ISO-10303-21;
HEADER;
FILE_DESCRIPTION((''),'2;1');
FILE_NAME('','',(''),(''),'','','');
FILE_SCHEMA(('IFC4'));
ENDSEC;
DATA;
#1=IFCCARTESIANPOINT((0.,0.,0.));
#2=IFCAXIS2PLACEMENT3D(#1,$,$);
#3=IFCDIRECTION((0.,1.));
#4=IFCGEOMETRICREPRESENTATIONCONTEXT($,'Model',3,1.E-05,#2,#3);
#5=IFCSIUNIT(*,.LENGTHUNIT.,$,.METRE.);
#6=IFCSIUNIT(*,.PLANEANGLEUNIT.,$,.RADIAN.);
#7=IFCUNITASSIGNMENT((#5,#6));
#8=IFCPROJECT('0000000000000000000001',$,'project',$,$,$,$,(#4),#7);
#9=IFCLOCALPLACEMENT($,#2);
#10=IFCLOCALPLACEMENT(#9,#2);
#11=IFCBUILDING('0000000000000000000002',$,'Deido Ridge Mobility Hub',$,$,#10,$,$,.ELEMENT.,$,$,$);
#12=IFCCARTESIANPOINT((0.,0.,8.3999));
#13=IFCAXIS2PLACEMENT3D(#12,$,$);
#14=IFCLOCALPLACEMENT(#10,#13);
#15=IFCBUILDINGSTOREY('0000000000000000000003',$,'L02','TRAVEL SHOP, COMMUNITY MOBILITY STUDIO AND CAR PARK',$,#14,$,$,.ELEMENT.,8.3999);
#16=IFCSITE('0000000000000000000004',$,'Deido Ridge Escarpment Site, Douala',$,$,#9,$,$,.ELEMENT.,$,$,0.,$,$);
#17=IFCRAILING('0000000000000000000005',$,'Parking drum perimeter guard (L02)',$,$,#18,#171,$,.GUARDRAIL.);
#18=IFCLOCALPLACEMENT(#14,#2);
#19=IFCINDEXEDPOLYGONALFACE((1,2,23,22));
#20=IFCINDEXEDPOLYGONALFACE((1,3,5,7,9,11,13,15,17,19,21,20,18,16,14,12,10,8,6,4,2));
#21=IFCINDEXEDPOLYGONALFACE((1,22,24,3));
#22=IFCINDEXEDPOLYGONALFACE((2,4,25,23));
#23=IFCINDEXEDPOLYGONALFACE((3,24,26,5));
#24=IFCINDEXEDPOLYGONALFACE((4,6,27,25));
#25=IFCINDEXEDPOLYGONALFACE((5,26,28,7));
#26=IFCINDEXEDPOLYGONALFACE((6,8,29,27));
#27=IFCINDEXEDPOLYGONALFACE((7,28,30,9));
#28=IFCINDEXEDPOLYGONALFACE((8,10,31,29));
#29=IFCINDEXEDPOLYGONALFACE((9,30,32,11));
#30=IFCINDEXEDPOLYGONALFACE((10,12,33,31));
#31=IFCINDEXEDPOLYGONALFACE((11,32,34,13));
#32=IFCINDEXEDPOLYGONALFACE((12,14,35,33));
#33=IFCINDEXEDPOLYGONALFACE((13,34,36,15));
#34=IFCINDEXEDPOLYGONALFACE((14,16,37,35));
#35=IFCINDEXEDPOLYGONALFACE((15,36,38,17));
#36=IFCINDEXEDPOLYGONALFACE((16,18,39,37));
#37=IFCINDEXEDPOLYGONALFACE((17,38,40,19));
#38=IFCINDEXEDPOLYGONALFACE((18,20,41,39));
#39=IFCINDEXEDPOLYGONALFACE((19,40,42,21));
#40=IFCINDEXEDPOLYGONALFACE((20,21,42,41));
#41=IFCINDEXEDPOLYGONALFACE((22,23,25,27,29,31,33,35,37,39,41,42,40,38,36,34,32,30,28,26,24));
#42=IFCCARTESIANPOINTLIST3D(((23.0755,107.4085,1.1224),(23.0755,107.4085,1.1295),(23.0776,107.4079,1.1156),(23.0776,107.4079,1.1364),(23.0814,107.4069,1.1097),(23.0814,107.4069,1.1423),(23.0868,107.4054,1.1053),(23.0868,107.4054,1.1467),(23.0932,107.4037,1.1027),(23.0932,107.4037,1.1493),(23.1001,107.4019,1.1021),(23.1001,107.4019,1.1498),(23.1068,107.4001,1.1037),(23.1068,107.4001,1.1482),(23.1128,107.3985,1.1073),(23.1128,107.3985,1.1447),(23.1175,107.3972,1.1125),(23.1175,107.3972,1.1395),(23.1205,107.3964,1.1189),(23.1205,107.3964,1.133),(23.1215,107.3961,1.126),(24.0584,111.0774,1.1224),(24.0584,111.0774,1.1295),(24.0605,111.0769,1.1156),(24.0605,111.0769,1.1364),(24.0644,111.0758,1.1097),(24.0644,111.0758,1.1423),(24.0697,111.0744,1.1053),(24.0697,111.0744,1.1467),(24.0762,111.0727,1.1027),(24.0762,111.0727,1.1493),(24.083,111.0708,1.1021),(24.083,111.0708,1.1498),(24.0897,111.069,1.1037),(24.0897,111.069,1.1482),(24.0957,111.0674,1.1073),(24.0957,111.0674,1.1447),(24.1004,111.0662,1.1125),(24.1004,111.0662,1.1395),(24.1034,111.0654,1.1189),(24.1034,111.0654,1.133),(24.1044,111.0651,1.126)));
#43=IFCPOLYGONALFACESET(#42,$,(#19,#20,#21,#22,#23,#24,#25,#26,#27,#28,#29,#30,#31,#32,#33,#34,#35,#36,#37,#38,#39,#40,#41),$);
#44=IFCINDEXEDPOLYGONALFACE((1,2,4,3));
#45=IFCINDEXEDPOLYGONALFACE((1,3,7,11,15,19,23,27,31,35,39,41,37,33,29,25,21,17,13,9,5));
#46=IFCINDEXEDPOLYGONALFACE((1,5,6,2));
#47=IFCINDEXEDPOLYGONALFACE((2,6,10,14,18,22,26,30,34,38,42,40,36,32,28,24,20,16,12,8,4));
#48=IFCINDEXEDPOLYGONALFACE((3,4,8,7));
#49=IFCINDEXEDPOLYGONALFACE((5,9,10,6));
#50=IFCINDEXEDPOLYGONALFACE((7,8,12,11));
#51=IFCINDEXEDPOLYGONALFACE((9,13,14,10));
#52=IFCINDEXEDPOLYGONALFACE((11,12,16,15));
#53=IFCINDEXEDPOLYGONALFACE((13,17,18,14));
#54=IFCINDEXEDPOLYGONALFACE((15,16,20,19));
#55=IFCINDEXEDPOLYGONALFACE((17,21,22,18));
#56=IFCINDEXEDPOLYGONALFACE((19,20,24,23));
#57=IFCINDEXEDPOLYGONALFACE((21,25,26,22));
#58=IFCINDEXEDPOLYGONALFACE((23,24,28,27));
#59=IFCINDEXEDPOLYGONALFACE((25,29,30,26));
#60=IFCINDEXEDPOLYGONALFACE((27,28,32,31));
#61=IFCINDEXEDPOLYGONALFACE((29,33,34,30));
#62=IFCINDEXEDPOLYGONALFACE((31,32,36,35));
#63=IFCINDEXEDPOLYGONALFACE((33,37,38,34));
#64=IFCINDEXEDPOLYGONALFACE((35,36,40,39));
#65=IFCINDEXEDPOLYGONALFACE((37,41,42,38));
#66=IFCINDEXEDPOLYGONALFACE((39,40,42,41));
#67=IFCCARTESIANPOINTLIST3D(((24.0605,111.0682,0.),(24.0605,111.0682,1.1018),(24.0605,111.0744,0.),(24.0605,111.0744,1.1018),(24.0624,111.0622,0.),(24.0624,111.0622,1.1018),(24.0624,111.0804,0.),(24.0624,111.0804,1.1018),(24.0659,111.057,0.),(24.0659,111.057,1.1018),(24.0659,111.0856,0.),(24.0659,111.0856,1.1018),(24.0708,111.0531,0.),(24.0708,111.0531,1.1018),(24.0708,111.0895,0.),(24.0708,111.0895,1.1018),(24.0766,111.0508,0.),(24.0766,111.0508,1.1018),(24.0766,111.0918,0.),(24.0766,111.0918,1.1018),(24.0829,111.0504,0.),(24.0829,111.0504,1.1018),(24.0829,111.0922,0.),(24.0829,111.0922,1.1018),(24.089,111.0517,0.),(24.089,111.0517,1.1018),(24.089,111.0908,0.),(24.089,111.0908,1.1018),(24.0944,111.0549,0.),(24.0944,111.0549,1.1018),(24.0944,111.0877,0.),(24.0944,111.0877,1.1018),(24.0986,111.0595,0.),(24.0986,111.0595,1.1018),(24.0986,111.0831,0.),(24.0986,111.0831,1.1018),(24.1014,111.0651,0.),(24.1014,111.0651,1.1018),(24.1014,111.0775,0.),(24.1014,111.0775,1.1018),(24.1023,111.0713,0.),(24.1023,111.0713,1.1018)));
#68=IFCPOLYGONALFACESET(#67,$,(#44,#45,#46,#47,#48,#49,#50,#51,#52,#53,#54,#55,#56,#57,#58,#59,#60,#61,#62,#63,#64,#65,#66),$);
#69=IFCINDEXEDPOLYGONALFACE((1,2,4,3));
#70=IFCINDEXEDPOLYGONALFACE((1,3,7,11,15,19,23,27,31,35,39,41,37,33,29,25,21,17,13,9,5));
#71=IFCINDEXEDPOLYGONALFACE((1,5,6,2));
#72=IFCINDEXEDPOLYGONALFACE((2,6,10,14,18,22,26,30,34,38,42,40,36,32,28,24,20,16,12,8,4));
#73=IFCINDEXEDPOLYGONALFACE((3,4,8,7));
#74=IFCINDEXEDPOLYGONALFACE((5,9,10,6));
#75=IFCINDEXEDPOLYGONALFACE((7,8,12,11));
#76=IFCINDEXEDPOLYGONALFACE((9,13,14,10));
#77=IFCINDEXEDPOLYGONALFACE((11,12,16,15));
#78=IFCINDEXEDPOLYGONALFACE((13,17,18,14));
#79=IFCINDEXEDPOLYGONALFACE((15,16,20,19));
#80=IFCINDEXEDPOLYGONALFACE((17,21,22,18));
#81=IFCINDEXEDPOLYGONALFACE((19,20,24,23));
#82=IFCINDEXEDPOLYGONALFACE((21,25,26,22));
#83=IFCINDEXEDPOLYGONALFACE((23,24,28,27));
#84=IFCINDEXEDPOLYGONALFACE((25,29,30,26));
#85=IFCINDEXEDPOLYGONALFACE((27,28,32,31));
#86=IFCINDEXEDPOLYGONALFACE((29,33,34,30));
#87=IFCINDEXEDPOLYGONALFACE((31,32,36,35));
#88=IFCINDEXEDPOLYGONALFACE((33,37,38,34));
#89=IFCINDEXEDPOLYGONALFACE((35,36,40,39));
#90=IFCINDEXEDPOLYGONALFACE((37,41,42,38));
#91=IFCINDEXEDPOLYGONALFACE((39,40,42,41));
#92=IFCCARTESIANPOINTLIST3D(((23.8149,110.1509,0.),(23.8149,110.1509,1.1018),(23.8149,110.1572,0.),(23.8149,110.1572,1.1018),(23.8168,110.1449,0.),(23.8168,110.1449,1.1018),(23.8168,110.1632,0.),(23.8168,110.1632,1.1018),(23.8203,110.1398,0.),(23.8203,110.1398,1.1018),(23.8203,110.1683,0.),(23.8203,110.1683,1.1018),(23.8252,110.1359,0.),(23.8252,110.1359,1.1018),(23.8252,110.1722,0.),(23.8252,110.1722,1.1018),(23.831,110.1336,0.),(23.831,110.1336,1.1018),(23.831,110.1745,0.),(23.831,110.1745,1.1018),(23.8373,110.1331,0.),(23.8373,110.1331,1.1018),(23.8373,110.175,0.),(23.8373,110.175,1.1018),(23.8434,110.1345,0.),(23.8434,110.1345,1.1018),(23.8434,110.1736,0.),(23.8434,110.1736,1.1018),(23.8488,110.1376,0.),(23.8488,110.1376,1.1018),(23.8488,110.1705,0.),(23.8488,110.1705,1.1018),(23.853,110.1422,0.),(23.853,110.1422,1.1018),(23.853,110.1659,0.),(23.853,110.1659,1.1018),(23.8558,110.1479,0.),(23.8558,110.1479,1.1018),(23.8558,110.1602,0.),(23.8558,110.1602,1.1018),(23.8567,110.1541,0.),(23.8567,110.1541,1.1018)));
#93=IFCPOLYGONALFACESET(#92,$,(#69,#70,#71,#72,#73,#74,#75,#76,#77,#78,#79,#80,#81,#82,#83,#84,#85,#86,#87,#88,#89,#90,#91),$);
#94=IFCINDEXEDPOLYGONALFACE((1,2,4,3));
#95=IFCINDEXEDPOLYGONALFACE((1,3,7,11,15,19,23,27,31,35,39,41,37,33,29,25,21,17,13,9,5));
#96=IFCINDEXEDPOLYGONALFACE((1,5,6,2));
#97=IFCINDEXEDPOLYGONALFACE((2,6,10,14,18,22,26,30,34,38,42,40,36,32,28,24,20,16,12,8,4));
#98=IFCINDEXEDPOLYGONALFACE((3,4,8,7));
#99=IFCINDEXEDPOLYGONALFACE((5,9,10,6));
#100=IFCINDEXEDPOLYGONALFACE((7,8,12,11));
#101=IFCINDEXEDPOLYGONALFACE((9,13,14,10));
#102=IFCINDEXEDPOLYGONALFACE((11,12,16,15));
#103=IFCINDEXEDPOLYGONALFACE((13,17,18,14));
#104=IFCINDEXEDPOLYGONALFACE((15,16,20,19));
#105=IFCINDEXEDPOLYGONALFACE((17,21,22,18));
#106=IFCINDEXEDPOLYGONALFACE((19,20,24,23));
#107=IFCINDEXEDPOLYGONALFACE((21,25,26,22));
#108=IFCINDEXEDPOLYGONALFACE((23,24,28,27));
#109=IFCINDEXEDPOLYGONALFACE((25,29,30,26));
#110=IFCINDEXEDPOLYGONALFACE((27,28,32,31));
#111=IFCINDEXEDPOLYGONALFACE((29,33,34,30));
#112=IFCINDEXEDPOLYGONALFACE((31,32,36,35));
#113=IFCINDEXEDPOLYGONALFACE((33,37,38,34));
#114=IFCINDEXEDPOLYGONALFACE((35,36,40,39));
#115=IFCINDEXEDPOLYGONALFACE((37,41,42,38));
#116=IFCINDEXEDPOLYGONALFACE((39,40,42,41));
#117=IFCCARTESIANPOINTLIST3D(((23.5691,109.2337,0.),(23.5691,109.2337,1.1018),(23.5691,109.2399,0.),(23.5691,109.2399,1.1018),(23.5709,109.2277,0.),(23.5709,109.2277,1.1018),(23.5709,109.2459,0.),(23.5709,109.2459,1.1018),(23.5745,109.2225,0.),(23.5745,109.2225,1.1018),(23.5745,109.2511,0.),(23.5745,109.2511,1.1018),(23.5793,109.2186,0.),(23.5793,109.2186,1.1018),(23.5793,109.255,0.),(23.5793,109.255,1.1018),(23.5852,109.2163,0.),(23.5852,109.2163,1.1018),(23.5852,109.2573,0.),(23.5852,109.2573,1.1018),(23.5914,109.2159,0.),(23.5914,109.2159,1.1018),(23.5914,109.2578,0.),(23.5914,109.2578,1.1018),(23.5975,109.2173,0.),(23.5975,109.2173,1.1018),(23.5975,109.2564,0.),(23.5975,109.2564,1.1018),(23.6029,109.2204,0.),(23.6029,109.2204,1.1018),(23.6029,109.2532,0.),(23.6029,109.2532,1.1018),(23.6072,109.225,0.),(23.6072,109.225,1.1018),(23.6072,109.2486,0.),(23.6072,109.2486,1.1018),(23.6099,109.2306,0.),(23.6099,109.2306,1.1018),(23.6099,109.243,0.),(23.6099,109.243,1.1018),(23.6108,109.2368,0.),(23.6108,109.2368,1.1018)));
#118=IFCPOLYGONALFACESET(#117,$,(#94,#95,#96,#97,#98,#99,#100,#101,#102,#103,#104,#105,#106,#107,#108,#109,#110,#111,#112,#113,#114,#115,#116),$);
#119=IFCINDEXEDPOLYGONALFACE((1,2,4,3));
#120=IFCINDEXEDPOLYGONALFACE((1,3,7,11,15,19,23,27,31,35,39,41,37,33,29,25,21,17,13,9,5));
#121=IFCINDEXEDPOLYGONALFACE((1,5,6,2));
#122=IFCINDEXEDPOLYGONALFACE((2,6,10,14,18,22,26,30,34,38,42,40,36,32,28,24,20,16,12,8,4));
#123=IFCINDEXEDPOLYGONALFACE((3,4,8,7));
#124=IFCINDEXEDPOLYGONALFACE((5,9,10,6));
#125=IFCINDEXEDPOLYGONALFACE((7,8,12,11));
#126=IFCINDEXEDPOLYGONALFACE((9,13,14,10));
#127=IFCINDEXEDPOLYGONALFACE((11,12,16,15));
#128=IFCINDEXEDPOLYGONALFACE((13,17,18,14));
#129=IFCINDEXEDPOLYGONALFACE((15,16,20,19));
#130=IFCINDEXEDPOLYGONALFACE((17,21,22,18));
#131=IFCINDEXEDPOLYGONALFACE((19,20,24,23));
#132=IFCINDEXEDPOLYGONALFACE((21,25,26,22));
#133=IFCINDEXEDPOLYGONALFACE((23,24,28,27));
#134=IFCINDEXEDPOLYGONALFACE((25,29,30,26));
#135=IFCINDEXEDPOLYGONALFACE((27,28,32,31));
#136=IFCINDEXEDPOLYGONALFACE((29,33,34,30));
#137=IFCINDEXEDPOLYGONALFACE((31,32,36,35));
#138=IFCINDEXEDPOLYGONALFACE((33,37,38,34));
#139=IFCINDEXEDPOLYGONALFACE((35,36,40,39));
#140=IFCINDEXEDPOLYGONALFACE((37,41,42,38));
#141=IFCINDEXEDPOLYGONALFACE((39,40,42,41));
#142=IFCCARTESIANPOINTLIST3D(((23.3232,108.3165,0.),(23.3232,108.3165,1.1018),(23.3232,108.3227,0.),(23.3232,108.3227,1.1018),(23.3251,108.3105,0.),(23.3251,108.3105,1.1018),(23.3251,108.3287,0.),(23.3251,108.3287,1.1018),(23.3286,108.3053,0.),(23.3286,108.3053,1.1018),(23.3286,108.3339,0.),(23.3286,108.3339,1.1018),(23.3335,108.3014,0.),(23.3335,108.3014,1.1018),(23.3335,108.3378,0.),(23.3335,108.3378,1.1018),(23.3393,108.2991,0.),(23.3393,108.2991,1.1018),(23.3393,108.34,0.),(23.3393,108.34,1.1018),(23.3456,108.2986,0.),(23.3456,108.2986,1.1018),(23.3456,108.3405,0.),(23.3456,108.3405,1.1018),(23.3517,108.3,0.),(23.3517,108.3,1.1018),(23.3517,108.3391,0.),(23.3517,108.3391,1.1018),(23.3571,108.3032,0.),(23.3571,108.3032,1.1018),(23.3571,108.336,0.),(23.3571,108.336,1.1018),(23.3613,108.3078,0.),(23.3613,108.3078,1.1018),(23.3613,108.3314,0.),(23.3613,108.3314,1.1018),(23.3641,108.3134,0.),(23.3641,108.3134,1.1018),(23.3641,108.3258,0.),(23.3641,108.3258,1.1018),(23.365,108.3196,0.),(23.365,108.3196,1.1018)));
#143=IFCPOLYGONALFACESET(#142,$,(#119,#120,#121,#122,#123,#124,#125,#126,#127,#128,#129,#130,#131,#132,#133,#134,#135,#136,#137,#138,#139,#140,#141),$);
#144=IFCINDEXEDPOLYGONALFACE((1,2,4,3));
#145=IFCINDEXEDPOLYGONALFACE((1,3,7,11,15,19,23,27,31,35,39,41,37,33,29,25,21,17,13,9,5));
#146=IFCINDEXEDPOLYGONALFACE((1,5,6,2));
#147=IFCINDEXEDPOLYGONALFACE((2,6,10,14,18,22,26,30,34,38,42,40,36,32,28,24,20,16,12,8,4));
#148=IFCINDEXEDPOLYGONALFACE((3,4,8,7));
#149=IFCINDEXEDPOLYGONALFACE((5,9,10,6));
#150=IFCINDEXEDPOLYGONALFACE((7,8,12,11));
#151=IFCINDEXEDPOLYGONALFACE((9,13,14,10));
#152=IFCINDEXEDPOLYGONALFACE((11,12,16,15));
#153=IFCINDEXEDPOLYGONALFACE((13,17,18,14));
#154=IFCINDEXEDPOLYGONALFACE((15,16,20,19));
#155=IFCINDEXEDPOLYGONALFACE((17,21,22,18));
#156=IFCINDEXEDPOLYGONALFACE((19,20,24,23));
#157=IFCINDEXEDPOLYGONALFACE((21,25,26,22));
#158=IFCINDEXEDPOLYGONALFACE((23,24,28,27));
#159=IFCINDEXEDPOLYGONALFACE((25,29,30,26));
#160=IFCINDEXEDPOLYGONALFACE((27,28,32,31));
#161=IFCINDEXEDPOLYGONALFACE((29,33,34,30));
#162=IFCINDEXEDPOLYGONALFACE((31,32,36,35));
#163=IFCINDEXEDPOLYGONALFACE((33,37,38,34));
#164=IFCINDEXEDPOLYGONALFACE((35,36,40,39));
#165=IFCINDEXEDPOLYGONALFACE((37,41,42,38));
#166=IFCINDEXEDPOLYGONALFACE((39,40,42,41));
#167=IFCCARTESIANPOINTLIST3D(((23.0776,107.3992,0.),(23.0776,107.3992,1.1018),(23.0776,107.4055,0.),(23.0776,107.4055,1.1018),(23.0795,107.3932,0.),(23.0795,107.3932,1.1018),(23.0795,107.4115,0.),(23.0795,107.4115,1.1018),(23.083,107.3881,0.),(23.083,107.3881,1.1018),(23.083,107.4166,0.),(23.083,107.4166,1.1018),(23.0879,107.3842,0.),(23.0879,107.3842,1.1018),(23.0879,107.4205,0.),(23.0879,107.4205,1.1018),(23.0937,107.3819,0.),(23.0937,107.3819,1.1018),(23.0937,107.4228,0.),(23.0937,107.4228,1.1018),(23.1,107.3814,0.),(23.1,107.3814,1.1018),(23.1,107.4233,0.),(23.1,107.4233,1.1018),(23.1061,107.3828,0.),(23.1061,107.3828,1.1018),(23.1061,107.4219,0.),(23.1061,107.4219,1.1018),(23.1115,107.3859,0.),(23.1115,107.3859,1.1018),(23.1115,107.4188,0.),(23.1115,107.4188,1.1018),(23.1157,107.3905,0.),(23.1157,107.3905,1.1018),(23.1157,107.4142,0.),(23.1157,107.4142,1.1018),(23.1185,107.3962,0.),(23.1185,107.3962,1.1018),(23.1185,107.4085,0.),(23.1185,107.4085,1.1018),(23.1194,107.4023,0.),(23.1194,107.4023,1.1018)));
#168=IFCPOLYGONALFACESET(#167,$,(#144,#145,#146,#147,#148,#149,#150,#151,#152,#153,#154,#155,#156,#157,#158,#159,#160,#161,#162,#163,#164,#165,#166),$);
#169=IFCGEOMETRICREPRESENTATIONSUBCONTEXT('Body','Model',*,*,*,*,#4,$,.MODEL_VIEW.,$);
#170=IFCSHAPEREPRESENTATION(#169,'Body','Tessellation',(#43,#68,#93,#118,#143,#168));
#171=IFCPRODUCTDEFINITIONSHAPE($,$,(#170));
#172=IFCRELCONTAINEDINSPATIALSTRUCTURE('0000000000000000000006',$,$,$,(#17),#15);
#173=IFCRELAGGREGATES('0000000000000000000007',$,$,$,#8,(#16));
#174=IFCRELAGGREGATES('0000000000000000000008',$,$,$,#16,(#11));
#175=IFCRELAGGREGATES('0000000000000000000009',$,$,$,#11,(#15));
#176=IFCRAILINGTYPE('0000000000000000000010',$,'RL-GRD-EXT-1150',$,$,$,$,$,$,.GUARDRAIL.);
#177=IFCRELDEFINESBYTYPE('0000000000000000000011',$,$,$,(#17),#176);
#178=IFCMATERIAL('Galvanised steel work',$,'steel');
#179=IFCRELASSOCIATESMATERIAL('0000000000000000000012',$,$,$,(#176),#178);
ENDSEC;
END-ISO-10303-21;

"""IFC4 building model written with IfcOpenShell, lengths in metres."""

from ifc_helpers import new_model, si_unit, direction, frame, origin, origin_2d, place, context, subcontext, project, spatial, circle, extrude, material, type_object, element, save


model = new_model("IFC4")

# Units and contexts
model_context = context("Model", 3, precision=1e-05, world=origin(), true_north=direction((0.0, 1.0)))
body_context = subcontext(model_context, "Body", "Model", "MODEL_VIEW")
ifc_project = project(units=[si_unit("LENGTHUNIT", "METRE"), si_unit("PLANEANGLEUNIT", "RADIAN")], contexts=[model_context])

# Site, building, storey
site_placement = place(None, origin())
site = spatial("IfcSite", under=ifc_project, at=site_placement, Name="Deido Ridge Escarpment Site, Douala", CompositionType="ELEMENT", RefElevation=0.0)
building_placement = place(site_placement, origin())
building = spatial("IfcBuilding", under=site, at=building_placement, Name="Deido Ridge Mobility Hub", CompositionType="ELEMENT")
storey_placement = place(building_placement, frame((0.0, 0.0, 8.3999)))
storey = spatial("IfcBuildingStorey", under=building, at=storey_placement, Name="L02", Description="TRAVEL SHOP, COMMUNITY MOBILITY STUDIO AND CAR PARK", CompositionType="ELEMENT", Elevation=8.3999)

# Railing
ifc_material_1 = material(Name="Galvanised steel work", Category="steel")
railing_type = type_object("IfcRailingType", Name="RL-GRD-EXT-1150", PredefinedType="GUARDRAIL", material=ifc_material_1)
railing_1_placement = place(storey_placement, frame((24.0813, 111.0713, 0.0)))
element("IfcRailing", 1, at=railing_1_placement, inside=storey, type_object=railing_type, Name="Parking drum perimeter guard (L02)", PredefinedType="GUARDRAIL", context=body_context, shape_type="SweptSolid", body=[
    extrude(circle(Radius=0.0239, at=origin_2d()), frame((0.0, 0.0, 1.126), z_axis=(-0.258775, -0.965938, 0.0), x_axis=(0.965938, -0.258775, 0.0)), (0.0, 0.0, 1.0), 3.7983),
    extrude(circle(Radius=0.021, at=origin_2d()), origin(), (0.0, 0.0, 1.0), 1.1018),
    extrude(circle(Radius=0.021, at=origin_2d()), frame((-0.2456, -0.9172, 0.0)), (0.0, 0.0, 1.0), 1.1018),
    extrude(circle(Radius=0.021, at=origin_2d()), frame((-0.4915, -1.8345, 0.0)), (0.0, 0.0, 1.0), 1.1018),
    extrude(circle(Radius=0.021, at=origin_2d()), frame((-0.7373, -2.7517, 0.0)), (0.0, 0.0, 1.0), 1.1018),
    extrude(circle(Radius=0.021, at=origin_2d()), frame((-0.9829, -3.6689, 0.0)), (0.0, 0.0, 1.0), 1.1018),
])

save(model, "model.ifc")
